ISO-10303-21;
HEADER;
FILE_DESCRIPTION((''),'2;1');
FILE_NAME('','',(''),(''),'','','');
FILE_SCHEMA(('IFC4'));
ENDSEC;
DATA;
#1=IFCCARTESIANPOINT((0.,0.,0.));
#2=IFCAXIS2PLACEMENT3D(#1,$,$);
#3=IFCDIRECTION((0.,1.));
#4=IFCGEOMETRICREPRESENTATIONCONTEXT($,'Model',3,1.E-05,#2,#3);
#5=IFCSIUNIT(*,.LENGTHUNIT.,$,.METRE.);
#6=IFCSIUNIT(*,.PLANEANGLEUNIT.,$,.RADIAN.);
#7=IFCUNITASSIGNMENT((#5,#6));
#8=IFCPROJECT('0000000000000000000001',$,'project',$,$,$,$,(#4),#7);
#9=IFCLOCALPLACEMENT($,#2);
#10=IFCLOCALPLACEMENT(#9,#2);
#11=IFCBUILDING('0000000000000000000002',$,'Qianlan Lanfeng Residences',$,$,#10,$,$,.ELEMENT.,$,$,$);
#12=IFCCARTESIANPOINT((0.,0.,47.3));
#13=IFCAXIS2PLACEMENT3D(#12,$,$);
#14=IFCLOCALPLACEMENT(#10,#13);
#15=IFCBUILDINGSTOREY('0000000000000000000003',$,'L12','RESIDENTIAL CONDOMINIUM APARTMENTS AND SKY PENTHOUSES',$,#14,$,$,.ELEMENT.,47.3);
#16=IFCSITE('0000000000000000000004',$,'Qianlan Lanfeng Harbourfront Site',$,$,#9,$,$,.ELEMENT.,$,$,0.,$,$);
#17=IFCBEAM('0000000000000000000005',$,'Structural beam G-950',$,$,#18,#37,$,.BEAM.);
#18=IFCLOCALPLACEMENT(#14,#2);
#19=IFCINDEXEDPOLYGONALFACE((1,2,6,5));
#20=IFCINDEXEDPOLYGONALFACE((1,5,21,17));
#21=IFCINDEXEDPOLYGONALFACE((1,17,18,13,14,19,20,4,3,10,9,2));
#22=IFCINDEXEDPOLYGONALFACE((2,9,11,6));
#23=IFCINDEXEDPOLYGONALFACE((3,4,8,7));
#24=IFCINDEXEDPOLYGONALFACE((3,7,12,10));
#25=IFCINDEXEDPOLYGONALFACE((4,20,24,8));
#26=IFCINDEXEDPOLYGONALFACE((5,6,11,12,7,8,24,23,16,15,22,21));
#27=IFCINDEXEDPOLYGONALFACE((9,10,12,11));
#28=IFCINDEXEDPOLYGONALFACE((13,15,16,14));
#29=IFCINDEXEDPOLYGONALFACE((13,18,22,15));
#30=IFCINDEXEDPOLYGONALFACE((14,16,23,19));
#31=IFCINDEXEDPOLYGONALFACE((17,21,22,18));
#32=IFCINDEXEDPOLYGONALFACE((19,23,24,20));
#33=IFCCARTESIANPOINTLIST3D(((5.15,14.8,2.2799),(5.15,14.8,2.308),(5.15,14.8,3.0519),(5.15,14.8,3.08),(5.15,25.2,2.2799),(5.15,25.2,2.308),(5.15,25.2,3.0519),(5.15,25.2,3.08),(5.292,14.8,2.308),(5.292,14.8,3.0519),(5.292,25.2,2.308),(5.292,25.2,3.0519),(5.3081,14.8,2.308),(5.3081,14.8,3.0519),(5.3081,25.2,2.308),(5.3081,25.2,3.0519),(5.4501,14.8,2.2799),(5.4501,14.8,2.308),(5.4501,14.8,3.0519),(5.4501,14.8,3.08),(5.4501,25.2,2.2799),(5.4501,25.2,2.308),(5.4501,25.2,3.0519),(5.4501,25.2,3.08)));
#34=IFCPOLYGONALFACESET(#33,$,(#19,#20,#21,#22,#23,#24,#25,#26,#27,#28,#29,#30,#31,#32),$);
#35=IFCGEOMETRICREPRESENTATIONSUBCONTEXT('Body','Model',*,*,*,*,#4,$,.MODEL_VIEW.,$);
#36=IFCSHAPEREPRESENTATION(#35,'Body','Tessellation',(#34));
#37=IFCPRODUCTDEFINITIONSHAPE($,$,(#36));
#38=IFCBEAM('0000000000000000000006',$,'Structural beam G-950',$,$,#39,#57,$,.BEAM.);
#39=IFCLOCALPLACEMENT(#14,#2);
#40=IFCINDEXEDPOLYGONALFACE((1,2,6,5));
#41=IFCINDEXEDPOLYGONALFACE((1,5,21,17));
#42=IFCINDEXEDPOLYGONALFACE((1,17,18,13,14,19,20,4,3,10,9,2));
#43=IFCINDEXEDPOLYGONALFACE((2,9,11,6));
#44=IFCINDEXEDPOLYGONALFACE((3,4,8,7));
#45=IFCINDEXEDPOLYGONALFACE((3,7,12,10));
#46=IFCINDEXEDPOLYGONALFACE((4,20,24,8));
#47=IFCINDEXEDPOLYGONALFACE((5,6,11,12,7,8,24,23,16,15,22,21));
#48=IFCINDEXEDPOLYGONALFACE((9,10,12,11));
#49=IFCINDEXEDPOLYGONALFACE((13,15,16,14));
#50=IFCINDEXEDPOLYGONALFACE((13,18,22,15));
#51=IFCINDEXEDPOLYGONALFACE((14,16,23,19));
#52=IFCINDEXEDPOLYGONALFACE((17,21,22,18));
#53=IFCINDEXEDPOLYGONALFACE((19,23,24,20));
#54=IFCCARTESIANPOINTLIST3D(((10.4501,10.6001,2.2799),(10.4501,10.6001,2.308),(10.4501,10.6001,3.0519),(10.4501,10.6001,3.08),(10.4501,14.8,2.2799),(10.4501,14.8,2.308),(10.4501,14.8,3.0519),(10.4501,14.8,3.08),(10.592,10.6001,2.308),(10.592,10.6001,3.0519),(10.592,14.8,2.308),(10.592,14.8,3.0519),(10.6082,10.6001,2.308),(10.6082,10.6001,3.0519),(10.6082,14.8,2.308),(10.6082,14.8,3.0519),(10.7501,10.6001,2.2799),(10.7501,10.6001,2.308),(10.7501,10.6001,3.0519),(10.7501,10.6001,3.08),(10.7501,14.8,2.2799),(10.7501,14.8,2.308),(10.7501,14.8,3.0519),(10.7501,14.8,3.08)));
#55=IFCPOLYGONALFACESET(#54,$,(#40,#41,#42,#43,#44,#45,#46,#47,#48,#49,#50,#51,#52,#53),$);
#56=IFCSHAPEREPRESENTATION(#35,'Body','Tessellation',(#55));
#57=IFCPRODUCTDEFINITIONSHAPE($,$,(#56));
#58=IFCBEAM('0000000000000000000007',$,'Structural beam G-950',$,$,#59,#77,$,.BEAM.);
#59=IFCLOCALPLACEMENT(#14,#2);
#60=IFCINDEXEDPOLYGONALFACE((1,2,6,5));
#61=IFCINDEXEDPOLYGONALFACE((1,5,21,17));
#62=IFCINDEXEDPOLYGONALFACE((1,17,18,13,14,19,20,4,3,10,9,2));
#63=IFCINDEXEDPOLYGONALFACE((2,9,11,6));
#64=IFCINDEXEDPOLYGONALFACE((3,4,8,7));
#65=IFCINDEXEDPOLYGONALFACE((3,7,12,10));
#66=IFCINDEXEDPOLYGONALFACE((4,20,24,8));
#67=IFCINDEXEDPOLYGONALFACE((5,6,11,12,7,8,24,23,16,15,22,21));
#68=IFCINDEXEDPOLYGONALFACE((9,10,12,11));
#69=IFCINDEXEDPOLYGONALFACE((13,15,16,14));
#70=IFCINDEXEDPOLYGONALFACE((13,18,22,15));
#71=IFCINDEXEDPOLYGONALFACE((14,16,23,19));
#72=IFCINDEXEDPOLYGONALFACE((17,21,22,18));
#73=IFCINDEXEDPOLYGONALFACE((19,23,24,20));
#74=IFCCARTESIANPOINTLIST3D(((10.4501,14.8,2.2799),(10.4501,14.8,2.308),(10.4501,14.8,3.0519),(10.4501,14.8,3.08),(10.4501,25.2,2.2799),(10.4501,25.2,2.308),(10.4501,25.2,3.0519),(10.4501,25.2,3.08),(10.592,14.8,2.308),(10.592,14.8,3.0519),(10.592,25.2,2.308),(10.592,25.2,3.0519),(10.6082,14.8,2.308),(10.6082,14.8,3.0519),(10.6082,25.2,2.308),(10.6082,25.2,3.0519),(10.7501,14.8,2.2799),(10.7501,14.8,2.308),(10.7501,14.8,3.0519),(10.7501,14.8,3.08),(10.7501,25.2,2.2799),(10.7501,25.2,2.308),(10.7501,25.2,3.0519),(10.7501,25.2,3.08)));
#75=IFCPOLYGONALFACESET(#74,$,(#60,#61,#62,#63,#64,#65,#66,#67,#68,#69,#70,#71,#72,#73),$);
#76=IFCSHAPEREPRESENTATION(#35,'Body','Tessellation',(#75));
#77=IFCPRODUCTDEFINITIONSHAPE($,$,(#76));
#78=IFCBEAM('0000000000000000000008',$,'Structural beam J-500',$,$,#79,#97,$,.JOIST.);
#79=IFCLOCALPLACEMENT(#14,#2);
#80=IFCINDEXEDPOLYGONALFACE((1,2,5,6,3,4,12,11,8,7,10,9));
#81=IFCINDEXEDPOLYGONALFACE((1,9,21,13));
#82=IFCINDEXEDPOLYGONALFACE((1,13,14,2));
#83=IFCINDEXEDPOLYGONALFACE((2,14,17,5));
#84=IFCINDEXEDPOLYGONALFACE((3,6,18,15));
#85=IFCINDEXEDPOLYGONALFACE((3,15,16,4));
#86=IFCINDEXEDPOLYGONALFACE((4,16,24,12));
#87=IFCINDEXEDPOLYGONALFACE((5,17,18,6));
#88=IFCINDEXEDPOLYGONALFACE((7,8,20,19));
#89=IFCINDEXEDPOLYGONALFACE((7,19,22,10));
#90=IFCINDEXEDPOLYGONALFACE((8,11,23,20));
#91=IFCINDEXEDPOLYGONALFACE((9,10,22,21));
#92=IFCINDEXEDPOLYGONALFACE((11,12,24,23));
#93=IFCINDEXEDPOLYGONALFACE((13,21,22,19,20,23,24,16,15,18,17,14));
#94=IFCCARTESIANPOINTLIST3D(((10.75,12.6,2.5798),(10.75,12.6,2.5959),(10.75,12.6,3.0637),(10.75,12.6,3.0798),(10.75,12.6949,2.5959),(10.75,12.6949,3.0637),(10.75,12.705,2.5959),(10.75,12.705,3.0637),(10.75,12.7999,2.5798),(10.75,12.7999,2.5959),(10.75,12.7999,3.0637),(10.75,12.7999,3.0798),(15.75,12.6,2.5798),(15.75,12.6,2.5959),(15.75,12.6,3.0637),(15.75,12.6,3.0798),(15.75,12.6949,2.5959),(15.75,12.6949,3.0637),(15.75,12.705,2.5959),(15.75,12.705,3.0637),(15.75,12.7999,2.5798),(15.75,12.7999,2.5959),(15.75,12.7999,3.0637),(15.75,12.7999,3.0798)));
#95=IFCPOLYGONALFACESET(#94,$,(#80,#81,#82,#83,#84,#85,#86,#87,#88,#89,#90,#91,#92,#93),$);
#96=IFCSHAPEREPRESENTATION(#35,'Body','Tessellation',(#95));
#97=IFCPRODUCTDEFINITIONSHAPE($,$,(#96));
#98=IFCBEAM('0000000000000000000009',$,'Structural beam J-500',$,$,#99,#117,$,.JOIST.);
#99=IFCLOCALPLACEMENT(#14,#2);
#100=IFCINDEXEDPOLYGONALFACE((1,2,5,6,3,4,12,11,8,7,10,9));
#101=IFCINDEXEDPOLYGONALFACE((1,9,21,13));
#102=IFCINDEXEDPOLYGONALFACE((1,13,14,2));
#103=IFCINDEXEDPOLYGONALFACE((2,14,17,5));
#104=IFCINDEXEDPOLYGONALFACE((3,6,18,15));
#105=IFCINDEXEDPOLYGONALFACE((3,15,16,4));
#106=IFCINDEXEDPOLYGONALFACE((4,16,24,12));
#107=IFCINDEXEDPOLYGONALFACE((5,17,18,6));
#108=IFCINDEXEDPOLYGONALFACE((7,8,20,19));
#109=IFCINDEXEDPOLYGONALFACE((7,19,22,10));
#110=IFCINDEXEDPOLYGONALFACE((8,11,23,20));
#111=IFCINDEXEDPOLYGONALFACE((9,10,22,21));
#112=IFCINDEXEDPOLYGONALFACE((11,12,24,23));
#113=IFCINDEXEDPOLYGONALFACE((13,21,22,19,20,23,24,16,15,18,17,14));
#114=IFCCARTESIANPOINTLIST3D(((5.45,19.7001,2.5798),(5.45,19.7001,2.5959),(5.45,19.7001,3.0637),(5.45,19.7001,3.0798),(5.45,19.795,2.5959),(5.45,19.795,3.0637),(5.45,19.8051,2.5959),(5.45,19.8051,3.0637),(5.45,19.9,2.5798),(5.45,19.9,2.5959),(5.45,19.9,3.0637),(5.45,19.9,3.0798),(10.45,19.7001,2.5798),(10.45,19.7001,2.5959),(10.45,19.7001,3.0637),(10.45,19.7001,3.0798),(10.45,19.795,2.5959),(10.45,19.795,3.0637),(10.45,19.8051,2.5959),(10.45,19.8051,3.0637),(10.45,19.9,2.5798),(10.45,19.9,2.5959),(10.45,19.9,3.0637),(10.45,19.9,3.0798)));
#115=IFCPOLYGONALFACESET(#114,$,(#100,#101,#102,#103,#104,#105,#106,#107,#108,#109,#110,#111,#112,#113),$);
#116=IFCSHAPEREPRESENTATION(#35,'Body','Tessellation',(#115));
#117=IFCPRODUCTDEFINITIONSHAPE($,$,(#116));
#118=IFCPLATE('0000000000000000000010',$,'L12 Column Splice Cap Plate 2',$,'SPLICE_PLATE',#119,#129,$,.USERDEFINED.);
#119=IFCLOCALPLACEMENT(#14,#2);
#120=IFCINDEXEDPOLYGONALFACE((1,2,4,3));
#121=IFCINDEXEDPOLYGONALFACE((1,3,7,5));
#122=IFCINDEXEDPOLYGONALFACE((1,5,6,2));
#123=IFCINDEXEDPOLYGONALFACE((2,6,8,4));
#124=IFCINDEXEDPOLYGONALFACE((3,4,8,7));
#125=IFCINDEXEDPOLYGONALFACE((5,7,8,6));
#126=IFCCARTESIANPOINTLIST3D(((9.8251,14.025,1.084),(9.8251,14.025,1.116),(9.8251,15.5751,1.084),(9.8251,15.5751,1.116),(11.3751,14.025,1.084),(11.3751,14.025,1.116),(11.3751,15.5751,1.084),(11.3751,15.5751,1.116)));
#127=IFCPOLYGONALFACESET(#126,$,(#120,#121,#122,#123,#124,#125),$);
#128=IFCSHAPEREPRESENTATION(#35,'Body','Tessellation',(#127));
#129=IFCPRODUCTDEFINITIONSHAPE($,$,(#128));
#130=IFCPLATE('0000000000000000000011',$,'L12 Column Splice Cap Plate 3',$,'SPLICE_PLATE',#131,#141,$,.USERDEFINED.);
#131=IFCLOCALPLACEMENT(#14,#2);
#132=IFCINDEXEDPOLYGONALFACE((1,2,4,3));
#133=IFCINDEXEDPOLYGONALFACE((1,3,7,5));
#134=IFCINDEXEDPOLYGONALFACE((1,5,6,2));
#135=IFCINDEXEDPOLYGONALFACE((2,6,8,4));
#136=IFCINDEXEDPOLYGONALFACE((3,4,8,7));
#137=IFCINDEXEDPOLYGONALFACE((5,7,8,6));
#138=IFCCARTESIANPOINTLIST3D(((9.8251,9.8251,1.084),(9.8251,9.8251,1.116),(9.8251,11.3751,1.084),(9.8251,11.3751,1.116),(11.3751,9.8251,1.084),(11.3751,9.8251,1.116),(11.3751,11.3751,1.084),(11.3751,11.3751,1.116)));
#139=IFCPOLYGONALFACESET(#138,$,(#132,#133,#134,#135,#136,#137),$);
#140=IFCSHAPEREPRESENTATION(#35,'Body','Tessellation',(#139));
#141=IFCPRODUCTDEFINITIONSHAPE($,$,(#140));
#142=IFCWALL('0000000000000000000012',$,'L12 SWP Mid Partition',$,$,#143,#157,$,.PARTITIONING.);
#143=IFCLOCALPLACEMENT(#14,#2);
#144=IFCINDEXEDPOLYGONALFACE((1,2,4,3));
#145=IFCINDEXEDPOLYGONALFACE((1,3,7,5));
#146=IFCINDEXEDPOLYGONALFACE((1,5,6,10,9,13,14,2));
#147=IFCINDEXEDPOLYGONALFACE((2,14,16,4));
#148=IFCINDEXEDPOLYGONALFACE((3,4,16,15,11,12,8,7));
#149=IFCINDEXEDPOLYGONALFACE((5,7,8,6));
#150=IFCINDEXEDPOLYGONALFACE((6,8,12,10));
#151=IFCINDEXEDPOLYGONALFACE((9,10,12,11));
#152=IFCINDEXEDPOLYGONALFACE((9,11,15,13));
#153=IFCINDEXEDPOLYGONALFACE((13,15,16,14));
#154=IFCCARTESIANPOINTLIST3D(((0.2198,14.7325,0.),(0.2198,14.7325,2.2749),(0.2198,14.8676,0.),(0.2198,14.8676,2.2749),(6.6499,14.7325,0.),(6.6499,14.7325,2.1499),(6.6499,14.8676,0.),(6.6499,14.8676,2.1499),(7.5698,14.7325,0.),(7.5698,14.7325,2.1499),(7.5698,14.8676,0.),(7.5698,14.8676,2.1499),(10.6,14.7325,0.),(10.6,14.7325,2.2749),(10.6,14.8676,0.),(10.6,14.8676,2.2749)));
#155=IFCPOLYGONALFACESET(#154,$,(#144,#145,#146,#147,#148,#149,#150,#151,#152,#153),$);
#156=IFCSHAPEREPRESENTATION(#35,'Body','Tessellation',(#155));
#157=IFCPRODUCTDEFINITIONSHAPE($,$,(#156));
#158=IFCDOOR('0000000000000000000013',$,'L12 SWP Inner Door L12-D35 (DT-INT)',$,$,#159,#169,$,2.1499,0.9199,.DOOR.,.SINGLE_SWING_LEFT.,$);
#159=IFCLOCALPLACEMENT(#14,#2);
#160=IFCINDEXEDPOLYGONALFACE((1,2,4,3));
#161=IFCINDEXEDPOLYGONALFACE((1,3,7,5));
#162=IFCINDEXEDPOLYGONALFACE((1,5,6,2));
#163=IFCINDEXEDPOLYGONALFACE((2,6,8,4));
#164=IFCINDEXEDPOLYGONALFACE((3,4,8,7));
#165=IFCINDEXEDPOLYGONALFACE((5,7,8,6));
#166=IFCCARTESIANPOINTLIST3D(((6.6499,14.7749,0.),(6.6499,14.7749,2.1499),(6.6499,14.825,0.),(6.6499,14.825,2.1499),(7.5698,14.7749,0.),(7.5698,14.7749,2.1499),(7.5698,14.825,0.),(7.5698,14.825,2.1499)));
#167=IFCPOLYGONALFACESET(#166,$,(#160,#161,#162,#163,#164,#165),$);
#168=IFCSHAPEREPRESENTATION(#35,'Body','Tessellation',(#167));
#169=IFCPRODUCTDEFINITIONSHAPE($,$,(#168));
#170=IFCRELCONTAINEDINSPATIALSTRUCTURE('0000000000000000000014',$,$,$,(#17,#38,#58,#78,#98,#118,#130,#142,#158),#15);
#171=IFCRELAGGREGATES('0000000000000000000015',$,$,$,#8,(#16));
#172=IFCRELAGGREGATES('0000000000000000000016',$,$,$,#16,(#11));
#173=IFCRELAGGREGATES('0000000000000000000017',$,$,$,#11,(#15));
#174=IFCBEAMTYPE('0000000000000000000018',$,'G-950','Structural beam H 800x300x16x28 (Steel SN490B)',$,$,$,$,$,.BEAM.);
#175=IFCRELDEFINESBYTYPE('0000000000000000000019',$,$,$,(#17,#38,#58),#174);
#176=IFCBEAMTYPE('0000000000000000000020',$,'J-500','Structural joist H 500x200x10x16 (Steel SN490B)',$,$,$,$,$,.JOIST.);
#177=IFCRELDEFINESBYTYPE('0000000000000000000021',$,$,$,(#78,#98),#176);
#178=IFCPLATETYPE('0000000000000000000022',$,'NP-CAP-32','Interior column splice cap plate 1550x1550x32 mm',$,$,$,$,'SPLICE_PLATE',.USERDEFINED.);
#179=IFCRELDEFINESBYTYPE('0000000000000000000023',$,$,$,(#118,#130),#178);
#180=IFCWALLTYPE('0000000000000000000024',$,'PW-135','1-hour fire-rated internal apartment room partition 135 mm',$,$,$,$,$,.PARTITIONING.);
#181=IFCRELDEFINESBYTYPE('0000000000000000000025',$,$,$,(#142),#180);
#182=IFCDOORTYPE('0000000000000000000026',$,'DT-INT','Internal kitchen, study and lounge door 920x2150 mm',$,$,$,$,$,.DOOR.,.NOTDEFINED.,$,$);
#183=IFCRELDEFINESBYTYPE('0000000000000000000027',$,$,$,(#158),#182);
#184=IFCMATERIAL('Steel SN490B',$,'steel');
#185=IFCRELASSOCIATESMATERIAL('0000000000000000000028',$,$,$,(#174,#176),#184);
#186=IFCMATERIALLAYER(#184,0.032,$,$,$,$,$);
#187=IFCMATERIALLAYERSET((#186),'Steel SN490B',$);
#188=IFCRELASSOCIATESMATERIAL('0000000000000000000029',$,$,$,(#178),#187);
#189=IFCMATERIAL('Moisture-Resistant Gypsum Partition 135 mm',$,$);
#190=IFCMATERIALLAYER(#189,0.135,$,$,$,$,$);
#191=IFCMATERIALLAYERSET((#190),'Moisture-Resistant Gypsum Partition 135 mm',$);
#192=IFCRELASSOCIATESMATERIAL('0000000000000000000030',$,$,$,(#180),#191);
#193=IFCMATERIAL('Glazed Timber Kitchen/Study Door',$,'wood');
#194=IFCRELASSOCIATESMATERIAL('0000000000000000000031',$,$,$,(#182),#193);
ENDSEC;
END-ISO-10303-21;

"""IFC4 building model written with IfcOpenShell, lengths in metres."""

from ifc_helpers import new_model, si_unit, direction, frame, frame_2d, origin, origin_2d, place, context, subcontext, project, spatial, rectangle, i_section, extrude, source, transform, mapped, material, layer, layer_set, material_profile, profile_set, type_object, element, fill, save


model = new_model("IFC4")

# Units and contexts
model_context = context("Model", 3, precision=1e-05, world=origin(), true_north=direction((0.0, 1.0)))
body_context = subcontext(model_context, "Body", "Model", "MODEL_VIEW")
ifc_project = project(units=[si_unit("LENGTHUNIT", "METRE"), si_unit("PLANEANGLEUNIT", "RADIAN")], contexts=[model_context])

# Site, building, storey
site_placement = place(None, origin())
site = spatial("IfcSite", under=ifc_project, at=site_placement, Name="Qianlan Lanfeng Harbourfront Site", CompositionType="ELEMENT", RefElevation=0.0)
building_placement = place(site_placement, origin())
building = spatial("IfcBuilding", under=site, at=building_placement, Name="Qianlan Lanfeng Residences", CompositionType="ELEMENT")
storey_placement = place(building_placement, frame((0.0, 0.0, 47.3)))
storey = spatial("IfcBuildingStorey", under=building, at=storey_placement, Name="L12", Description="RESIDENTIAL CONDOMINIUM APARTMENTS AND SKY PENTHOUSES", CompositionType="ELEMENT", Elevation=47.3)

# Beams
ifc_material_1 = material(Name="Steel SN490B", Category="steel")
ifc_material_profile_1 = material_profile(ifc_material_1, i_section(OverallWidth=0.3, OverallDepth=0.8, WebThickness=0.0161, FlangeThickness=0.0281, at=origin_2d()), Name="H 800x300x16x28")
ifc_profile_set_1 = profile_set([ifc_material_profile_1], Name="Steel SN490B")
beam_type_1 = type_object("IfcBeamType", Name="G-950", Description="Structural beam H 800x300x16x28 (Steel SN490B)", PredefinedType="BEAM", material=ifc_profile_set_1)
beam_1_placement = place(storey_placement, frame((5.3, 14.8, 2.6799), z_axis=(0.0, 1.0, 0.0), x_axis=(-1.0, 0.0, 0.0)))
element("IfcBeam", 1, at=beam_1_placement, inside=storey, type_object=beam_type_1, Name="Structural beam G-950", PredefinedType="BEAM", context=body_context, shape_type="SweptSolid", body=[
    extrude(i_section(OverallWidth=0.3, OverallDepth=0.8, WebThickness=0.0161, FlangeThickness=0.0281, at=origin_2d()), origin(), (0.0, 0.0, 1.0), 10.3999),
])
beam_2_placement = place(storey_placement, frame((10.6001, 10.6001, 2.6799), z_axis=(0.0, 1.0, 0.0), x_axis=(-1.0, 0.0, 0.0)))
element("IfcBeam", 2, at=beam_2_placement, inside=storey, type_object=beam_type_1, Name="Structural beam G-950", PredefinedType="BEAM", context=body_context, shape_type="SweptSolid", body=[
    extrude(i_section(OverallWidth=0.3, OverallDepth=0.8, WebThickness=0.0161, FlangeThickness=0.0281, at=origin_2d()), origin(), (0.0, 0.0, 1.0), 4.2),
])
beam_3_placement = place(storey_placement, frame((10.6001, 14.8, 2.6799), z_axis=(0.0, 1.0, 0.0), x_axis=(-1.0, 0.0, 0.0)))
element("IfcBeam", 3, at=beam_3_placement, inside=storey, type_object=beam_type_1, Name="Structural beam G-950", PredefinedType="BEAM", context=body_context, shape_type="SweptSolid", body=[
    extrude(i_section(OverallWidth=0.3, OverallDepth=0.8, WebThickness=0.0161, FlangeThickness=0.0281, at=origin_2d()), origin(), (0.0, 0.0, 1.0), 10.3999),
])
ifc_material_profile_2 = material_profile(ifc_material_1, i_section(OverallWidth=0.2, OverallDepth=0.5, WebThickness=0.01, FlangeThickness=0.0161, at=origin_2d()), Name="H 500x200x10x16")
ifc_profile_set_2 = profile_set([ifc_material_profile_2], Name="Steel SN490B")
beam_type_2 = type_object("IfcBeamType", Name="J-500", Description="Structural joist H 500x200x10x16 (Steel SN490B)", PredefinedType="JOIST", material=ifc_profile_set_2)
for number, where, z_axis, x_axis, name in (
    (4, (10.75, 12.7, 2.8298), (1.0, 0.0, 0.0), (0.0, 1.0, 0.0), "Structural beam J-500"),
    (5, (5.45, 19.8, 2.8298), (1.0, 0.0, 0.0), (0.0, 1.0, 0.0), "Structural beam J-500"),
):
    element("IfcBeam", number, at=place(storey_placement, frame(where, z_axis=z_axis, x_axis=x_axis)), inside=storey, type_object=beam_type_2, Name=name, PredefinedType="JOIST", context=body_context, shape_type="SweptSolid", body=[
        extrude(i_section(OverallWidth=0.2, OverallDepth=0.5, WebThickness=0.01, FlangeThickness=0.0161, at=origin_2d()), origin(), (0.0, 0.0, 1.0), 5.0),
    ])

# Plates
ifc_layer_1 = layer(ifc_material_1, 0.032)
ifc_layer_set_1 = layer_set([ifc_layer_1], Name="Steel SN490B")
plate_type = type_object("IfcPlateType", Name="NP-CAP-32", Description="Interior column splice cap plate 1550x1550x32 mm", ElementType="SPLICE_PLATE", PredefinedType="USERDEFINED", material=ifc_layer_set_1)
shared_shape = source(origin(), body_context, "Body", "SweptSolid", [
    extrude(rectangle(XDim=1.55, YDim=1.55, at=origin_2d()), origin(), (0.0, 0.0, 1.0), 0.032),
])
for number, where, z_axis, x_axis, name in (
    (6, (10.6001, 14.8, 1.084), (0.0, 0.0, 1.0), (1.0, 0.0, 0.0), "L12 Column Splice Cap Plate 2"),
    (7, (10.6001, 10.6001, 1.084), (0.0, 0.0, 1.0), (1.0, 0.0, 0.0), "L12 Column Splice Cap Plate 3"),
):
    element("IfcPlate", number, at=place(storey_placement, frame(where, z_axis=z_axis, x_axis=x_axis)), inside=storey, type_object=plate_type, Name=name, ObjectType="SPLICE_PLATE", PredefinedType="USERDEFINED", context=body_context, shape_type="MappedRepresentation", body=[
        mapped(shared_shape, transform((0.0, 0.0, 0.0), scale=1.0)),
    ])

# Wall, opening, door
ifc_material_2 = material(Name="Moisture-Resistant Gypsum Partition 135 mm")
ifc_layer_2 = layer(ifc_material_2, 0.135)
ifc_layer_set_2 = layer_set([ifc_layer_2], Name="Moisture-Resistant Gypsum Partition 135 mm")
wall_type_1 = type_object("IfcWallType", Name="PW-135", Description="1-hour fire-rated internal apartment room partition 135 mm", PredefinedType="PARTITIONING", material=ifc_layer_set_2)
wall_1_placement = place(storey_placement, frame((0.22, 14.8, 0.0), z_axis=(0.0, 0.0, 1.0), x_axis=(1.0, 0.0, 0.0)))
wall_1 = element("IfcWall", 8, at=wall_1_placement, inside=storey, type_object=wall_type_1, Name="L12 SWP Mid Partition", PredefinedType="PARTITIONING", context=body_context, shape_type="SweptSolid", body=[
    extrude(rectangle(XDim=10.3801, YDim=0.135, at=frame_2d((5.1899, 0.0))), origin(), (0.0, 0.0, 1.0), 2.2749),
])
opening_1_placement = place(wall_1_placement, frame((6.4299, 0.0, 0.0)))
opening_1 = element("IfcOpeningElement", 9, at=opening_1_placement, cuts=wall_1, PredefinedType="OPENING", context=body_context, shape_type="SweptSolid", body=[
    extrude(rectangle(XDim=0.9199, YDim=2.1499, at=frame_2d((0.46, 1.075))), frame((0.0, 0.0776, 0.0), z_axis=(0.0, -1.0, 0.0), x_axis=(1.0, 0.0, 0.0)), (0.0, 0.0, 1.0), 0.155),
])
ifc_material_3 = material(Name="Glazed Timber Kitchen/Study Door", Category="wood")
door_type_1 = type_object("IfcDoorType", Name="DT-INT", Description="Internal kitchen, study and lounge door 920x2150 mm", OperationType="NOTDEFINED", PredefinedType="DOOR", material=ifc_material_3)
door_1_placement = place(opening_1_placement, origin())
door_1 = element("IfcDoor", 10, at=door_1_placement, inside=storey, type_object=door_type_1, Name="L12 SWP Inner Door L12-D35 (DT-INT)", OperationType="SINGLE_SWING_LEFT", OverallHeight=2.1499, OverallWidth=0.9199, PredefinedType="DOOR", context=body_context, shape_type="SweptSolid", body=[
    extrude(rectangle(XDim=0.9199, YDim=2.1499, at=frame_2d((0.46, 1.075))), frame((0.0, 0.0249, 0.0), z_axis=(0.0, -1.0, 0.0), x_axis=(1.0, 0.0, 0.0)), (0.0, 0.0, 1.0), 0.05),
])
fill(opening_1, door_1)

save(model, "model.ifc")
